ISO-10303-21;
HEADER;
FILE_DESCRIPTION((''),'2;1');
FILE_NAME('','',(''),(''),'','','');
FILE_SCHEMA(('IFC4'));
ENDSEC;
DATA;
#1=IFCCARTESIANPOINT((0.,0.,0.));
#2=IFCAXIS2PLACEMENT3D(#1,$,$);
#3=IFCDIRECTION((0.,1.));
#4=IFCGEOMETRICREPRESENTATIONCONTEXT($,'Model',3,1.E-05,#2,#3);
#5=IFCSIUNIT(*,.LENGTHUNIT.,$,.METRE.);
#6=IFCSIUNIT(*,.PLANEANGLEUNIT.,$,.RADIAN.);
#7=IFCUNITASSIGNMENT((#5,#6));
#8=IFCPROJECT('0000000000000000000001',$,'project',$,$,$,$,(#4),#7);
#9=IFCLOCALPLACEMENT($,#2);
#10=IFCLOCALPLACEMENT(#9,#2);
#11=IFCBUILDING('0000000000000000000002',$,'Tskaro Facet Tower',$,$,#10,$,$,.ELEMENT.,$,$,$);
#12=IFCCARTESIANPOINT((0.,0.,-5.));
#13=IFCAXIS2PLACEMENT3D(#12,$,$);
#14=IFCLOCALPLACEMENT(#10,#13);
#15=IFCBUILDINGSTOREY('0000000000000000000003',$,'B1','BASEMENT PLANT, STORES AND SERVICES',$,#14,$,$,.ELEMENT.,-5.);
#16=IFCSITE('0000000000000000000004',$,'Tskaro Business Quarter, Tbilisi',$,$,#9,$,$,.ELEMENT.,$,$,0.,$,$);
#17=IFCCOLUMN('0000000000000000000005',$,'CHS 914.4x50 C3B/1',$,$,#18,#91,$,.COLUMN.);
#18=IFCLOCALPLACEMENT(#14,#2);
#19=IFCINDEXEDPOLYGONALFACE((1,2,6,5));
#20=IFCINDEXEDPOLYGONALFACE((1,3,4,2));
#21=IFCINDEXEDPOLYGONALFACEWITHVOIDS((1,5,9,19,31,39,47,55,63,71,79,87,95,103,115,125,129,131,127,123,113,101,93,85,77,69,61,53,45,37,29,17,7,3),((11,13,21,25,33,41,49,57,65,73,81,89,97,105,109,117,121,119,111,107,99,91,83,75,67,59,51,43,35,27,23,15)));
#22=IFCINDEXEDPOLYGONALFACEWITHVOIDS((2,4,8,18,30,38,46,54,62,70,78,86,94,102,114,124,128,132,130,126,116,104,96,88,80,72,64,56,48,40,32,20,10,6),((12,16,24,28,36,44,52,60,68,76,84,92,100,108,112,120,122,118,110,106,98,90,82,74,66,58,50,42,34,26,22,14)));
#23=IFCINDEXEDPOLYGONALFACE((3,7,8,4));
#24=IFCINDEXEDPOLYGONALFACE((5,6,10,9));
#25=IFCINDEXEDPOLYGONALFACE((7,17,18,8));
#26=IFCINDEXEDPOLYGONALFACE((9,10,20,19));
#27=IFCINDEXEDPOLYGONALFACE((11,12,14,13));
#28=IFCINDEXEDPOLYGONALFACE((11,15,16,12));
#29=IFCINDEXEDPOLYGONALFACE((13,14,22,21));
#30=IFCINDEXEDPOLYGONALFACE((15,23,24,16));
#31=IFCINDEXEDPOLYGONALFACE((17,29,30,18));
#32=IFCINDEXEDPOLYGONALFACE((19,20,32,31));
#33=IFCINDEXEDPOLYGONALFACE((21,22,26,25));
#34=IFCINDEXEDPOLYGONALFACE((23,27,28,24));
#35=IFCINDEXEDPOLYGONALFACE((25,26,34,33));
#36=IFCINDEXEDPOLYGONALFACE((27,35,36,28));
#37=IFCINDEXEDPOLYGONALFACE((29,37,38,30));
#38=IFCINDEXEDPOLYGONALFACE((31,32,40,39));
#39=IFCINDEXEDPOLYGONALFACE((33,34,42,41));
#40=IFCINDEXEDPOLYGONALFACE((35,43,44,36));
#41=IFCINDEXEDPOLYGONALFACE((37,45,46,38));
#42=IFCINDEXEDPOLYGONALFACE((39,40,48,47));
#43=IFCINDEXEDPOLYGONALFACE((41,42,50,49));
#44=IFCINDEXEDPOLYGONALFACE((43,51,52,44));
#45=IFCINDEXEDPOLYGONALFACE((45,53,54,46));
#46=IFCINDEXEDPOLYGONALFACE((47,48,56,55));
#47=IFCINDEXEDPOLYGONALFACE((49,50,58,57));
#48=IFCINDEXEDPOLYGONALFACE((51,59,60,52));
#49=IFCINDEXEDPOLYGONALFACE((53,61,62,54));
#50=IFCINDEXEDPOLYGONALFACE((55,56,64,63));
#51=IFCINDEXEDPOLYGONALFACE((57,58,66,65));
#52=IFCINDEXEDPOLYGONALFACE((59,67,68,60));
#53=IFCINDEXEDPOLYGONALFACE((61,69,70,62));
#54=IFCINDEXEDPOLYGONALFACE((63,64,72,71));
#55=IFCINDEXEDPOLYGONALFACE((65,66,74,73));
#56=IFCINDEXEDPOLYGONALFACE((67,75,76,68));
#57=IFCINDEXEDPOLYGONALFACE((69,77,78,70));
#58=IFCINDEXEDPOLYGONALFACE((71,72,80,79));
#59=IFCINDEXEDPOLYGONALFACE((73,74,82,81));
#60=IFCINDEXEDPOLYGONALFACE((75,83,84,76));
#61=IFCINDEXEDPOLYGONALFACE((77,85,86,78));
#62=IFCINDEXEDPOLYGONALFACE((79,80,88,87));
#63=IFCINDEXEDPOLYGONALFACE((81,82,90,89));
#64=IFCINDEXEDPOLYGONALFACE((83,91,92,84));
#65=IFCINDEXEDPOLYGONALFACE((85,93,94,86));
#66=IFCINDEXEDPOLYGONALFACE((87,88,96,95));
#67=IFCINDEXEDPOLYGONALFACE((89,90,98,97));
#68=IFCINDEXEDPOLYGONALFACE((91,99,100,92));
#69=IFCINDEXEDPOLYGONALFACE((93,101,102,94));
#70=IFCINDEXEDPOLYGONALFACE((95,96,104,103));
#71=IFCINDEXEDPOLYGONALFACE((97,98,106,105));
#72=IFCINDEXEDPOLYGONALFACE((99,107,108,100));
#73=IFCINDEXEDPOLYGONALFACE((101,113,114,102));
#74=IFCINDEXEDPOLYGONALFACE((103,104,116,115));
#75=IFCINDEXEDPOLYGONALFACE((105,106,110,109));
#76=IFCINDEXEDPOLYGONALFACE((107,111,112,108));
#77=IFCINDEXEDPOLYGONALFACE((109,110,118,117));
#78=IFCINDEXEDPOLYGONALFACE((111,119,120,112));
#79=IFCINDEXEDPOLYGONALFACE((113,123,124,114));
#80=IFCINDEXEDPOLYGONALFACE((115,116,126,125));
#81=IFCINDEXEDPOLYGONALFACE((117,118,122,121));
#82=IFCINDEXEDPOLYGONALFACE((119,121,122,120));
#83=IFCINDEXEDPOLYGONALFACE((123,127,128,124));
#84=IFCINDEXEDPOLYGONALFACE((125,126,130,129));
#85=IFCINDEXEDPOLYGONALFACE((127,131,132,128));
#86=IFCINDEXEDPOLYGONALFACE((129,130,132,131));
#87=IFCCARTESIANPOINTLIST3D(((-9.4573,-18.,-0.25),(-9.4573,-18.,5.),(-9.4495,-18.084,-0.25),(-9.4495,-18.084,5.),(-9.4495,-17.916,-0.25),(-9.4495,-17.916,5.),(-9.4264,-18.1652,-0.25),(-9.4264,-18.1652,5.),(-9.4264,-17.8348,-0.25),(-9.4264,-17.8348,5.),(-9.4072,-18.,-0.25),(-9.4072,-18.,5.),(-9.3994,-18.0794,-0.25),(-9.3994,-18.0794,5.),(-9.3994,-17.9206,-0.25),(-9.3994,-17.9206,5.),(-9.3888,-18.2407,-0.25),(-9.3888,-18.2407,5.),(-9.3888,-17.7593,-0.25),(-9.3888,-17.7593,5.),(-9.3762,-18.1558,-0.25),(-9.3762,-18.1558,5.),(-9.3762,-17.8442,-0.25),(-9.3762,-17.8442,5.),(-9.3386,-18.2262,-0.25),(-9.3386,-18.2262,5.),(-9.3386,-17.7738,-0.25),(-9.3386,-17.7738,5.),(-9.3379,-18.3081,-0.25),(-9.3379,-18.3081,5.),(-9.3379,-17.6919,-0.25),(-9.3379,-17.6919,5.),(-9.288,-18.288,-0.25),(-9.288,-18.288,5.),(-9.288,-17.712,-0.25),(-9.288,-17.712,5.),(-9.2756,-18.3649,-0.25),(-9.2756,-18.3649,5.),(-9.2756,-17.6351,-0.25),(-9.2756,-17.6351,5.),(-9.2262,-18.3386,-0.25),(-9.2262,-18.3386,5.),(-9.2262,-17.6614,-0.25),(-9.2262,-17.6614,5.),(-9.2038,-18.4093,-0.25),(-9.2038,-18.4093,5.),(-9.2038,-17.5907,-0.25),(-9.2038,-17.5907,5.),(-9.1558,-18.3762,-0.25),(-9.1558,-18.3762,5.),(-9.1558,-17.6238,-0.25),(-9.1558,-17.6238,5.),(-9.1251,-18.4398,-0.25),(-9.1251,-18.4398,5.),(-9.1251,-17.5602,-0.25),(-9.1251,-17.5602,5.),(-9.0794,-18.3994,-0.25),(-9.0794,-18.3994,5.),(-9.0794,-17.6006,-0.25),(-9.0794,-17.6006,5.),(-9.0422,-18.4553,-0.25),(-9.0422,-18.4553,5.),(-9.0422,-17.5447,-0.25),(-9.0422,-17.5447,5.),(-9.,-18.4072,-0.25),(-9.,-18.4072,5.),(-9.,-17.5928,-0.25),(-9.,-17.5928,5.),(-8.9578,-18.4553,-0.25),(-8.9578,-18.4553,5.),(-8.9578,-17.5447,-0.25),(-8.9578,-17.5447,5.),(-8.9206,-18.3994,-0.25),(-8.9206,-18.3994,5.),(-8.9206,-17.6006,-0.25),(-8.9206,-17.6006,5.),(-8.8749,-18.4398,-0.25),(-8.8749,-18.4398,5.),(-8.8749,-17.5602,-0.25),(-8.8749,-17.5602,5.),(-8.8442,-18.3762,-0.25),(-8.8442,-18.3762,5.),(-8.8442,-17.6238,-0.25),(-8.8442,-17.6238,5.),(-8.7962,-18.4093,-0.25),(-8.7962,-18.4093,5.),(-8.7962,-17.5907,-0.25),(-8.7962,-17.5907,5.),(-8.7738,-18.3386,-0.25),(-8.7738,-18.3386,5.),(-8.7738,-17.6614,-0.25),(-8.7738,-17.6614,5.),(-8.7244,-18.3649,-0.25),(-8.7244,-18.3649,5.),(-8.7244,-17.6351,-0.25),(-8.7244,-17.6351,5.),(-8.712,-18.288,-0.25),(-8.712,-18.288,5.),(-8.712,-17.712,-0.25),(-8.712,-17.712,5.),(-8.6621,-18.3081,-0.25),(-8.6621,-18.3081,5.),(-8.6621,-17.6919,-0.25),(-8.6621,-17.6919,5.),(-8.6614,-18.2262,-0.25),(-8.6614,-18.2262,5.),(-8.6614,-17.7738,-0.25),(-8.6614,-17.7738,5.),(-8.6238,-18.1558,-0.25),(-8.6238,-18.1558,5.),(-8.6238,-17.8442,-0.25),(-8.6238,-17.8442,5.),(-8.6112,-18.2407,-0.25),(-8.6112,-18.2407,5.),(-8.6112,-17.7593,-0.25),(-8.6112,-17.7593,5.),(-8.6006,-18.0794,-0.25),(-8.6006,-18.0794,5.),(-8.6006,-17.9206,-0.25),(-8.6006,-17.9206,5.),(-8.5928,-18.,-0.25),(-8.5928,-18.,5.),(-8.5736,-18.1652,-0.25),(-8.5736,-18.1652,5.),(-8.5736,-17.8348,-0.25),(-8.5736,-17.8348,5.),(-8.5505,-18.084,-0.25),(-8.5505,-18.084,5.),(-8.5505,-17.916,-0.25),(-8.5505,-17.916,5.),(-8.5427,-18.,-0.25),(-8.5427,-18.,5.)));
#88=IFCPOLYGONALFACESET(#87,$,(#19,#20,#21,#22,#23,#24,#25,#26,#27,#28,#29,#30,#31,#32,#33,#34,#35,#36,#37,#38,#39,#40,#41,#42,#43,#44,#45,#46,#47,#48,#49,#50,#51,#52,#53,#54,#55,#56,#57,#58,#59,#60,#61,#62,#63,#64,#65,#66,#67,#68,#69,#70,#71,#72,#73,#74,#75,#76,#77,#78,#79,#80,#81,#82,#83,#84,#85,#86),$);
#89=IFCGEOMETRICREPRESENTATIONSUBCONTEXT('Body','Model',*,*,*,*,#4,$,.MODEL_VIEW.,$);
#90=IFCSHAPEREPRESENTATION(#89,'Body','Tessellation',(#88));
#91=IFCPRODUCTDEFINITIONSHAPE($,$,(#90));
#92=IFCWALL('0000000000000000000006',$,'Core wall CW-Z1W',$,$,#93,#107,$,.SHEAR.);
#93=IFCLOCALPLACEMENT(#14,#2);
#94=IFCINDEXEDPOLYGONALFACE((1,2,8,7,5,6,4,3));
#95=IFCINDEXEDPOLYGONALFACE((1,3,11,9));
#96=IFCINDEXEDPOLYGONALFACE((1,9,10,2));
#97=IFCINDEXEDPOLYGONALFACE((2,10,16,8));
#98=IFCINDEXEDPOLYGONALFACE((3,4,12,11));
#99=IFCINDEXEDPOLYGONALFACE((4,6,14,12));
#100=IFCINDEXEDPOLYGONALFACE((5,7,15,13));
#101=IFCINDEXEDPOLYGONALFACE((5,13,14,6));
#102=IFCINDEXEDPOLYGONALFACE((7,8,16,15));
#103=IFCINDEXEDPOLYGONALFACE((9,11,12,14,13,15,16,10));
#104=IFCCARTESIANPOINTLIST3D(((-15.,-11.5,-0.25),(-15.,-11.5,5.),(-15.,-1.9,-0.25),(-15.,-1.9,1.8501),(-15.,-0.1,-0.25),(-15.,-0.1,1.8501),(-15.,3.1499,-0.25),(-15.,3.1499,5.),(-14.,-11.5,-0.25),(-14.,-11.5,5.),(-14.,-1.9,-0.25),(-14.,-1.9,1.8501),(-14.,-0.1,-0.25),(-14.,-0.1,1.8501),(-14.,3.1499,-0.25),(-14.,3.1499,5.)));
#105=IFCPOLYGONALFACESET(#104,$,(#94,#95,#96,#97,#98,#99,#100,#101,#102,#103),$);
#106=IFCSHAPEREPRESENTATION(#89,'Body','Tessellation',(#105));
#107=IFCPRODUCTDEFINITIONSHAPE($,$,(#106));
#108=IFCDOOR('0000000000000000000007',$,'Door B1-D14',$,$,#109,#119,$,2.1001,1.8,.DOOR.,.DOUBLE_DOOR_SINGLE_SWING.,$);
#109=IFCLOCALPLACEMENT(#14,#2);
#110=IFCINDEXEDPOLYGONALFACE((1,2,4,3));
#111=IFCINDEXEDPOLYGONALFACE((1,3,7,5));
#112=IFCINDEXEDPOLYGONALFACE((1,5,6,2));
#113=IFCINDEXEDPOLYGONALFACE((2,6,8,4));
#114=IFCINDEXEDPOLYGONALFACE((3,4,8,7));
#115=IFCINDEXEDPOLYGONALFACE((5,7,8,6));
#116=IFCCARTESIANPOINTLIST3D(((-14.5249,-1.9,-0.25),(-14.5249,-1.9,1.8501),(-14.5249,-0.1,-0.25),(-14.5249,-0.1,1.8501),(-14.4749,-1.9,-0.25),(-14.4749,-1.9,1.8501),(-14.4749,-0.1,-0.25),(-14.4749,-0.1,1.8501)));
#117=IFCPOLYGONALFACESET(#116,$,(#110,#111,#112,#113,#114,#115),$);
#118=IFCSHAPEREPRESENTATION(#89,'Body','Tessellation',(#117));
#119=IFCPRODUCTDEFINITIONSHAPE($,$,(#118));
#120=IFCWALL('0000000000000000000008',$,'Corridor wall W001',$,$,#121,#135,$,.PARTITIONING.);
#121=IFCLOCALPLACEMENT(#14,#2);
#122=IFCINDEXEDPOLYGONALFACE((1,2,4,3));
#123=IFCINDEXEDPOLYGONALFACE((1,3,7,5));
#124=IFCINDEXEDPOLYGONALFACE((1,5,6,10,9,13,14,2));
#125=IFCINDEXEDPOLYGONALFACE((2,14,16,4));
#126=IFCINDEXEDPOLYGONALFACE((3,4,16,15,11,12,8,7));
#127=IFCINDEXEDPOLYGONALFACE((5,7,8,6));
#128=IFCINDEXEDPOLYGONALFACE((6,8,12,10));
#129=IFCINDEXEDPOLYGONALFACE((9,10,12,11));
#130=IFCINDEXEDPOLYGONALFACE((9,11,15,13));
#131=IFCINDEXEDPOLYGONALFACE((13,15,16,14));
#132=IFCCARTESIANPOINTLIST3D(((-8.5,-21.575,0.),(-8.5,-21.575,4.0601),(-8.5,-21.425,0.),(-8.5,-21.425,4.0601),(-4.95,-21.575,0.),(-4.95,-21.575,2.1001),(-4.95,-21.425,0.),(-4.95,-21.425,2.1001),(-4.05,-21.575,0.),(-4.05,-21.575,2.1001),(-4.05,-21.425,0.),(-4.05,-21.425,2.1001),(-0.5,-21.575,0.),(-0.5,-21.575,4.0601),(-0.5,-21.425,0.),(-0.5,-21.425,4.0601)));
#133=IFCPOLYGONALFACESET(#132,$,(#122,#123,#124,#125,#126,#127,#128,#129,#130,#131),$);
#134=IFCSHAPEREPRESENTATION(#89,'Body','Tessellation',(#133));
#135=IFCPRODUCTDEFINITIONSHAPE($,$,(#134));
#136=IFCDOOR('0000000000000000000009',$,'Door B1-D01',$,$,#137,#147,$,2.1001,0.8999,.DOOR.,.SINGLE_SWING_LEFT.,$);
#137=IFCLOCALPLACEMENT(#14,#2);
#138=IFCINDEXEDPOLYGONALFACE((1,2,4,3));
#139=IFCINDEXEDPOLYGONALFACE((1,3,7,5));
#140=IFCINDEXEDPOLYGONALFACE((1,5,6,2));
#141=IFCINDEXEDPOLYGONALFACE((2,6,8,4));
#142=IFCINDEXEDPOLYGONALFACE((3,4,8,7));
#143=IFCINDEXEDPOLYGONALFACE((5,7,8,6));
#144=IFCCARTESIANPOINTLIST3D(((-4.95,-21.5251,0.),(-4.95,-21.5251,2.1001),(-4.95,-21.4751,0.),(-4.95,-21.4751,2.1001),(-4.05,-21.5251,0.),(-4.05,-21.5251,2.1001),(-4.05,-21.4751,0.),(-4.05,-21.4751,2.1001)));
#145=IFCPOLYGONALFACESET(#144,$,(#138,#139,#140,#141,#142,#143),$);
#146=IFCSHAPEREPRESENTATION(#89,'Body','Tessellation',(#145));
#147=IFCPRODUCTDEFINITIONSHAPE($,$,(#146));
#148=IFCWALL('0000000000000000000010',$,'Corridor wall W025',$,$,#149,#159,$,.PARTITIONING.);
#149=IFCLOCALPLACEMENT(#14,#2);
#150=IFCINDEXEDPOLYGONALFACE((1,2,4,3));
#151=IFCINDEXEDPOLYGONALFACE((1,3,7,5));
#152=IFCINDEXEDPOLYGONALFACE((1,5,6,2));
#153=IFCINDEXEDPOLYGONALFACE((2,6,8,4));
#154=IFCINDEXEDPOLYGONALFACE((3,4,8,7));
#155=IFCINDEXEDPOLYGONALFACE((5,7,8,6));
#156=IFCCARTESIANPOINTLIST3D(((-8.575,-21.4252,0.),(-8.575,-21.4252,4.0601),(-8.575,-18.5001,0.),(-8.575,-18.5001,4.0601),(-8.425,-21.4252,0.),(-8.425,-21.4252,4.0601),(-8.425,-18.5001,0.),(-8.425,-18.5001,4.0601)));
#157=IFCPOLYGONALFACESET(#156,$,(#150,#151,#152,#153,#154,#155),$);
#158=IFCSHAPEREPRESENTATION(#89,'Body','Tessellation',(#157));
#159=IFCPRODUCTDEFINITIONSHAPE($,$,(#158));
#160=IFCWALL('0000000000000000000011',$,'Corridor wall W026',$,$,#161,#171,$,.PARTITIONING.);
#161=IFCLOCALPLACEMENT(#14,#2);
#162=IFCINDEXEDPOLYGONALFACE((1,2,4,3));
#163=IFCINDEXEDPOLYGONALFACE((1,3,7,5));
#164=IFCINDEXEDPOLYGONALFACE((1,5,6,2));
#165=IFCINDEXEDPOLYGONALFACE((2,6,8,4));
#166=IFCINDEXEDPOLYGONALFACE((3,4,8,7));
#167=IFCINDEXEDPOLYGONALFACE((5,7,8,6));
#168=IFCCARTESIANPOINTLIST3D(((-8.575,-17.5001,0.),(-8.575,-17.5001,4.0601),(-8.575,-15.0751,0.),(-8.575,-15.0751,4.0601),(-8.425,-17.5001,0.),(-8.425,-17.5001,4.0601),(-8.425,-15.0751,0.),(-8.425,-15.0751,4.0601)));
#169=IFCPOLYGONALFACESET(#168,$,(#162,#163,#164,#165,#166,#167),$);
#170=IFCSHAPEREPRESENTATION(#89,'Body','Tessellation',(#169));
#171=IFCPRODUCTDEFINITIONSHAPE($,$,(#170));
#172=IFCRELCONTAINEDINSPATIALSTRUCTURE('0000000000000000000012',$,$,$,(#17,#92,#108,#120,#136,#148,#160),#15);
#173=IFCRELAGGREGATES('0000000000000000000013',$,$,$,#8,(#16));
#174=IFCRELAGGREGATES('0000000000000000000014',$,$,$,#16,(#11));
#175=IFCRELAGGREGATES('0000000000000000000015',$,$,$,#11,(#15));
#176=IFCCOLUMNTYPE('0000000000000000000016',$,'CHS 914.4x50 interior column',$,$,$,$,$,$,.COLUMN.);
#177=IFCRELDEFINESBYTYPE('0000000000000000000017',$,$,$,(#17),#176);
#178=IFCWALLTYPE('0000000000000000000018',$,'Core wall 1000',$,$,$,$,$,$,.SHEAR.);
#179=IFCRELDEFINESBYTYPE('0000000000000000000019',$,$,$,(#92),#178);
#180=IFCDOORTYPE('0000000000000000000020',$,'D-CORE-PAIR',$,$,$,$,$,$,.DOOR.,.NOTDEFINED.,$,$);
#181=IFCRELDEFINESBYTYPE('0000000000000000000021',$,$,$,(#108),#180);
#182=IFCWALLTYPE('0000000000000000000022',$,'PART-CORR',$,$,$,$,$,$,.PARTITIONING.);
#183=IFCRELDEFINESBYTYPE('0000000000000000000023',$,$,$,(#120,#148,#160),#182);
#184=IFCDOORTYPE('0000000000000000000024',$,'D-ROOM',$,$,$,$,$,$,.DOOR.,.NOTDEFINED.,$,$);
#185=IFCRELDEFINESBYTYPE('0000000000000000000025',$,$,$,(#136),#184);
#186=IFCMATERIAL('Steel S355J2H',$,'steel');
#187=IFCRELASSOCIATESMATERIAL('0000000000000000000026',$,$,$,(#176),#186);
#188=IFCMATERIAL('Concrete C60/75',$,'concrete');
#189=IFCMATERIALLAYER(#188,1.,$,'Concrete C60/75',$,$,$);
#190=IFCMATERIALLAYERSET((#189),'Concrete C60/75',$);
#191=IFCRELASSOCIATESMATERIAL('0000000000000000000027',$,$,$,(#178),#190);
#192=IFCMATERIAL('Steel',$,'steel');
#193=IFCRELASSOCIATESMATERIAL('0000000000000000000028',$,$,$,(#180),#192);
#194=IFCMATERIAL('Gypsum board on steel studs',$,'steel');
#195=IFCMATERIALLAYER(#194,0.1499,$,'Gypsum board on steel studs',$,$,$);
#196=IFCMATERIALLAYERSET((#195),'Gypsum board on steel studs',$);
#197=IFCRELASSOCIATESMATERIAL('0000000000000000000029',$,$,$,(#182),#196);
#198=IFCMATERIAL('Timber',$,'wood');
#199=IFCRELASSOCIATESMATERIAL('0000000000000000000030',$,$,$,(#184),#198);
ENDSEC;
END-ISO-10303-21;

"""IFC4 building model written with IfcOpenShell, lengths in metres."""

from ifc_helpers import new_model, si_unit, direction, frame, frame_2d, origin, origin_2d, place, context, subcontext, project, spatial, rectangle, hollow_circle, extrude, material, layer, layer_set, material_profile, profile_set, type_object, element, fill, save


model = new_model("IFC4")

# Units and contexts
model_context = context("Model", 3, precision=1e-05, world=origin(), true_north=direction((0.0, 1.0)))
body_context = subcontext(model_context, "Body", "Model", "MODEL_VIEW")
ifc_project = project(units=[si_unit("LENGTHUNIT", "METRE"), si_unit("PLANEANGLEUNIT", "RADIAN")], contexts=[model_context])

# Site, building, storey
site_placement = place(None, origin())
site = spatial("IfcSite", under=ifc_project, at=site_placement, Name="Tskaro Business Quarter, Tbilisi", CompositionType="ELEMENT", RefElevation=0.0)
building_placement = place(site_placement, origin())
building = spatial("IfcBuilding", under=site, at=building_placement, Name="Tskaro Facet Tower", CompositionType="ELEMENT")
storey_placement = place(building_placement, frame((0.0, 0.0, -5.0)))
storey = spatial("IfcBuildingStorey", under=building, at=storey_placement, Name="B1", Description="BASEMENT PLANT, STORES AND SERVICES", CompositionType="ELEMENT", Elevation=-5.0)

# Column
ifc_material_1 = material(Name="Steel S355J2H", Category="steel")
ifc_material_profile_1 = material_profile(ifc_material_1, hollow_circle(Radius=0.4573, WallThickness=0.05, at=origin_2d()), Name="CHS 914.4x50")
ifc_profile_set_1 = profile_set([ifc_material_profile_1], Name="Steel S355J2H")
column_type_1 = type_object("IfcColumnType", Name="CHS 914.4x50 interior column", PredefinedType="COLUMN", material=ifc_profile_set_1)
column_1_placement = place(storey_placement, frame((-9.0, -18.0, -0.25), z_axis=(0.0, 0.0, 1.0), x_axis=(1.0, 0.0, 0.0)))
element("IfcColumn", 1, at=column_1_placement, inside=storey, type_object=column_type_1, Name="CHS 914.4x50 C3B/1", PredefinedType="COLUMN", context=body_context, shape_type="SweptSolid", body=[
    extrude(hollow_circle(Radius=0.4573, WallThickness=0.05, at=origin_2d()), origin(), (0.0, 0.0, 1.0), 5.25),
])

# Walls, openings, doors
ifc_material_2 = material(Name="Concrete C60/75", Category="concrete")
ifc_layer_1 = layer(ifc_material_2, 1.0, Name="Concrete C60/75")
ifc_layer_set_1 = layer_set([ifc_layer_1], Name="Concrete C60/75")
wall_type_1 = type_object("IfcWallType", Name="Core wall 1000", PredefinedType="SHEAR", material=ifc_layer_set_1)
wall_1_placement = place(storey_placement, frame((-14.5, -11.5, -0.25), z_axis=(0.0, 0.0, 1.0), x_axis=(0.0, 1.0, 0.0)))
wall_1 = element("IfcWall", 2, at=wall_1_placement, inside=storey, type_object=wall_type_1, Name="Core wall CW-Z1W", PredefinedType="SHEAR", context=body_context, shape_type="SweptSolid", body=[
    extrude(rectangle(XDim=14.6499, YDim=1.0, at=frame_2d((7.325, 0.0))), origin(), (0.0, 0.0, 1.0), 5.25),
])
opening_1_placement = place(wall_1_placement, frame((9.6001, 0.0, 0.0)))
opening_1 = element("IfcOpeningElement", 3, at=opening_1_placement, cuts=wall_1, PredefinedType="OPENING", context=body_context, shape_type="SweptSolid", body=[
    extrude(rectangle(XDim=1.8, YDim=2.1001, at=frame_2d((0.8999, 1.05))), frame((0.0, 0.51, 0.0), z_axis=(0.0, -1.0, 0.0), x_axis=(1.0, 0.0, 0.0)), (0.0, 0.0, 1.0), 1.02),
])
ifc_material_3 = material(Name="Steel", Category="steel")
door_type_1 = type_object("IfcDoorType", Name="D-CORE-PAIR", OperationType="NOTDEFINED", PredefinedType="DOOR", material=ifc_material_3)
door_1_placement = place(opening_1_placement, origin())
door_1 = element("IfcDoor", 4, at=door_1_placement, inside=storey, type_object=door_type_1, Name="Door B1-D14", OperationType="DOUBLE_DOOR_SINGLE_SWING", OverallHeight=2.1001, OverallWidth=1.8, PredefinedType="DOOR", context=body_context, shape_type="SweptSolid", body=[
    extrude(rectangle(XDim=1.8, YDim=2.1001, at=frame_2d((0.8999, 1.05))), frame((0.0, 0.0249, 0.0), z_axis=(0.0, -1.0, 0.0), x_axis=(1.0, 0.0, 0.0)), (0.0, 0.0, 1.0), 0.05),
])
fill(opening_1, door_1)
ifc_material_4 = material(Name="Gypsum board on steel studs", Category="steel")
ifc_layer_2 = layer(ifc_material_4, 0.1499, Name="Gypsum board on steel studs")
ifc_layer_set_2 = layer_set([ifc_layer_2], Name="Gypsum board on steel studs")
wall_type_2 = type_object("IfcWallType", Name="PART-CORR", PredefinedType="PARTITIONING", material=ifc_layer_set_2)
wall_2_placement = place(storey_placement, frame((-8.5, -21.5, 0.0), z_axis=(0.0, 0.0, 1.0), x_axis=(1.0, 0.0, 0.0)))
wall_2 = element("IfcWall", 5, at=wall_2_placement, inside=storey, type_object=wall_type_2, Name="Corridor wall W001", PredefinedType="PARTITIONING", context=body_context, shape_type="SweptSolid", body=[
    extrude(rectangle(XDim=8.0, YDim=0.1499, at=frame_2d((4.0, 0.0))), origin(), (0.0, 0.0, 1.0), 4.0601),
])
opening_2_placement = place(wall_2_placement, frame((3.55, 0.0, 0.0)))
opening_2 = element("IfcOpeningElement", 6, at=opening_2_placement, cuts=wall_2, PredefinedType="OPENING", context=body_context, shape_type="SweptSolid", body=[
    extrude(rectangle(XDim=0.8999, YDim=2.1001, at=frame_2d((0.45, 1.05))), frame((0.0, 0.085, 0.0), z_axis=(0.0, -1.0, 0.0), x_axis=(1.0, 0.0, 0.0)), (0.0, 0.0, 1.0), 0.1699),
])
ifc_material_5 = material(Name="Timber", Category="wood")
door_type_2 = type_object("IfcDoorType", Name="D-ROOM", OperationType="NOTDEFINED", PredefinedType="DOOR", material=ifc_material_5)
door_2_placement = place(opening_2_placement, origin())
door_2 = element("IfcDoor", 7, at=door_2_placement, inside=storey, type_object=door_type_2, Name="Door B1-D01", OperationType="SINGLE_SWING_LEFT", OverallHeight=2.1001, OverallWidth=0.8999, PredefinedType="DOOR", context=body_context, shape_type="SweptSolid", body=[
    extrude(rectangle(XDim=0.8999, YDim=2.1001, at=frame_2d((0.45, 1.05))), frame((0.0, 0.0249, 0.0), z_axis=(0.0, -1.0, 0.0), x_axis=(1.0, 0.0, 0.0)), (0.0, 0.0, 1.0), 0.05),
])
fill(opening_2, door_2)

# Walls
wall_3_placement = place(storey_placement, frame((-8.5, -21.425, 0.0), z_axis=(0.0, 0.0, 1.0), x_axis=(0.0, 1.0, 0.0)))
element("IfcWall", 8, at=wall_3_placement, inside=storey, type_object=wall_type_2, Name="Corridor wall W025", PredefinedType="PARTITIONING", context=body_context, shape_type="SweptSolid", body=[
    extrude(rectangle(XDim=2.925, YDim=0.1499, at=frame_2d((1.4624, 0.0))), origin(), (0.0, 0.0, 1.0), 4.0601),
])
wall_4_placement = place(storey_placement, frame((-8.5, -17.5, 0.0), z_axis=(0.0, 0.0, 1.0), x_axis=(0.0, 1.0, 0.0)))
element("IfcWall", 9, at=wall_4_placement, inside=storey, type_object=wall_type_2, Name="Corridor wall W026", PredefinedType="PARTITIONING", context=body_context, shape_type="SweptSolid", body=[
    extrude(rectangle(XDim=2.425, YDim=0.1499, at=frame_2d((1.2124, 0.0))), origin(), (0.0, 0.0, 1.0), 4.0601),
])

save(model, "model.ifc")
